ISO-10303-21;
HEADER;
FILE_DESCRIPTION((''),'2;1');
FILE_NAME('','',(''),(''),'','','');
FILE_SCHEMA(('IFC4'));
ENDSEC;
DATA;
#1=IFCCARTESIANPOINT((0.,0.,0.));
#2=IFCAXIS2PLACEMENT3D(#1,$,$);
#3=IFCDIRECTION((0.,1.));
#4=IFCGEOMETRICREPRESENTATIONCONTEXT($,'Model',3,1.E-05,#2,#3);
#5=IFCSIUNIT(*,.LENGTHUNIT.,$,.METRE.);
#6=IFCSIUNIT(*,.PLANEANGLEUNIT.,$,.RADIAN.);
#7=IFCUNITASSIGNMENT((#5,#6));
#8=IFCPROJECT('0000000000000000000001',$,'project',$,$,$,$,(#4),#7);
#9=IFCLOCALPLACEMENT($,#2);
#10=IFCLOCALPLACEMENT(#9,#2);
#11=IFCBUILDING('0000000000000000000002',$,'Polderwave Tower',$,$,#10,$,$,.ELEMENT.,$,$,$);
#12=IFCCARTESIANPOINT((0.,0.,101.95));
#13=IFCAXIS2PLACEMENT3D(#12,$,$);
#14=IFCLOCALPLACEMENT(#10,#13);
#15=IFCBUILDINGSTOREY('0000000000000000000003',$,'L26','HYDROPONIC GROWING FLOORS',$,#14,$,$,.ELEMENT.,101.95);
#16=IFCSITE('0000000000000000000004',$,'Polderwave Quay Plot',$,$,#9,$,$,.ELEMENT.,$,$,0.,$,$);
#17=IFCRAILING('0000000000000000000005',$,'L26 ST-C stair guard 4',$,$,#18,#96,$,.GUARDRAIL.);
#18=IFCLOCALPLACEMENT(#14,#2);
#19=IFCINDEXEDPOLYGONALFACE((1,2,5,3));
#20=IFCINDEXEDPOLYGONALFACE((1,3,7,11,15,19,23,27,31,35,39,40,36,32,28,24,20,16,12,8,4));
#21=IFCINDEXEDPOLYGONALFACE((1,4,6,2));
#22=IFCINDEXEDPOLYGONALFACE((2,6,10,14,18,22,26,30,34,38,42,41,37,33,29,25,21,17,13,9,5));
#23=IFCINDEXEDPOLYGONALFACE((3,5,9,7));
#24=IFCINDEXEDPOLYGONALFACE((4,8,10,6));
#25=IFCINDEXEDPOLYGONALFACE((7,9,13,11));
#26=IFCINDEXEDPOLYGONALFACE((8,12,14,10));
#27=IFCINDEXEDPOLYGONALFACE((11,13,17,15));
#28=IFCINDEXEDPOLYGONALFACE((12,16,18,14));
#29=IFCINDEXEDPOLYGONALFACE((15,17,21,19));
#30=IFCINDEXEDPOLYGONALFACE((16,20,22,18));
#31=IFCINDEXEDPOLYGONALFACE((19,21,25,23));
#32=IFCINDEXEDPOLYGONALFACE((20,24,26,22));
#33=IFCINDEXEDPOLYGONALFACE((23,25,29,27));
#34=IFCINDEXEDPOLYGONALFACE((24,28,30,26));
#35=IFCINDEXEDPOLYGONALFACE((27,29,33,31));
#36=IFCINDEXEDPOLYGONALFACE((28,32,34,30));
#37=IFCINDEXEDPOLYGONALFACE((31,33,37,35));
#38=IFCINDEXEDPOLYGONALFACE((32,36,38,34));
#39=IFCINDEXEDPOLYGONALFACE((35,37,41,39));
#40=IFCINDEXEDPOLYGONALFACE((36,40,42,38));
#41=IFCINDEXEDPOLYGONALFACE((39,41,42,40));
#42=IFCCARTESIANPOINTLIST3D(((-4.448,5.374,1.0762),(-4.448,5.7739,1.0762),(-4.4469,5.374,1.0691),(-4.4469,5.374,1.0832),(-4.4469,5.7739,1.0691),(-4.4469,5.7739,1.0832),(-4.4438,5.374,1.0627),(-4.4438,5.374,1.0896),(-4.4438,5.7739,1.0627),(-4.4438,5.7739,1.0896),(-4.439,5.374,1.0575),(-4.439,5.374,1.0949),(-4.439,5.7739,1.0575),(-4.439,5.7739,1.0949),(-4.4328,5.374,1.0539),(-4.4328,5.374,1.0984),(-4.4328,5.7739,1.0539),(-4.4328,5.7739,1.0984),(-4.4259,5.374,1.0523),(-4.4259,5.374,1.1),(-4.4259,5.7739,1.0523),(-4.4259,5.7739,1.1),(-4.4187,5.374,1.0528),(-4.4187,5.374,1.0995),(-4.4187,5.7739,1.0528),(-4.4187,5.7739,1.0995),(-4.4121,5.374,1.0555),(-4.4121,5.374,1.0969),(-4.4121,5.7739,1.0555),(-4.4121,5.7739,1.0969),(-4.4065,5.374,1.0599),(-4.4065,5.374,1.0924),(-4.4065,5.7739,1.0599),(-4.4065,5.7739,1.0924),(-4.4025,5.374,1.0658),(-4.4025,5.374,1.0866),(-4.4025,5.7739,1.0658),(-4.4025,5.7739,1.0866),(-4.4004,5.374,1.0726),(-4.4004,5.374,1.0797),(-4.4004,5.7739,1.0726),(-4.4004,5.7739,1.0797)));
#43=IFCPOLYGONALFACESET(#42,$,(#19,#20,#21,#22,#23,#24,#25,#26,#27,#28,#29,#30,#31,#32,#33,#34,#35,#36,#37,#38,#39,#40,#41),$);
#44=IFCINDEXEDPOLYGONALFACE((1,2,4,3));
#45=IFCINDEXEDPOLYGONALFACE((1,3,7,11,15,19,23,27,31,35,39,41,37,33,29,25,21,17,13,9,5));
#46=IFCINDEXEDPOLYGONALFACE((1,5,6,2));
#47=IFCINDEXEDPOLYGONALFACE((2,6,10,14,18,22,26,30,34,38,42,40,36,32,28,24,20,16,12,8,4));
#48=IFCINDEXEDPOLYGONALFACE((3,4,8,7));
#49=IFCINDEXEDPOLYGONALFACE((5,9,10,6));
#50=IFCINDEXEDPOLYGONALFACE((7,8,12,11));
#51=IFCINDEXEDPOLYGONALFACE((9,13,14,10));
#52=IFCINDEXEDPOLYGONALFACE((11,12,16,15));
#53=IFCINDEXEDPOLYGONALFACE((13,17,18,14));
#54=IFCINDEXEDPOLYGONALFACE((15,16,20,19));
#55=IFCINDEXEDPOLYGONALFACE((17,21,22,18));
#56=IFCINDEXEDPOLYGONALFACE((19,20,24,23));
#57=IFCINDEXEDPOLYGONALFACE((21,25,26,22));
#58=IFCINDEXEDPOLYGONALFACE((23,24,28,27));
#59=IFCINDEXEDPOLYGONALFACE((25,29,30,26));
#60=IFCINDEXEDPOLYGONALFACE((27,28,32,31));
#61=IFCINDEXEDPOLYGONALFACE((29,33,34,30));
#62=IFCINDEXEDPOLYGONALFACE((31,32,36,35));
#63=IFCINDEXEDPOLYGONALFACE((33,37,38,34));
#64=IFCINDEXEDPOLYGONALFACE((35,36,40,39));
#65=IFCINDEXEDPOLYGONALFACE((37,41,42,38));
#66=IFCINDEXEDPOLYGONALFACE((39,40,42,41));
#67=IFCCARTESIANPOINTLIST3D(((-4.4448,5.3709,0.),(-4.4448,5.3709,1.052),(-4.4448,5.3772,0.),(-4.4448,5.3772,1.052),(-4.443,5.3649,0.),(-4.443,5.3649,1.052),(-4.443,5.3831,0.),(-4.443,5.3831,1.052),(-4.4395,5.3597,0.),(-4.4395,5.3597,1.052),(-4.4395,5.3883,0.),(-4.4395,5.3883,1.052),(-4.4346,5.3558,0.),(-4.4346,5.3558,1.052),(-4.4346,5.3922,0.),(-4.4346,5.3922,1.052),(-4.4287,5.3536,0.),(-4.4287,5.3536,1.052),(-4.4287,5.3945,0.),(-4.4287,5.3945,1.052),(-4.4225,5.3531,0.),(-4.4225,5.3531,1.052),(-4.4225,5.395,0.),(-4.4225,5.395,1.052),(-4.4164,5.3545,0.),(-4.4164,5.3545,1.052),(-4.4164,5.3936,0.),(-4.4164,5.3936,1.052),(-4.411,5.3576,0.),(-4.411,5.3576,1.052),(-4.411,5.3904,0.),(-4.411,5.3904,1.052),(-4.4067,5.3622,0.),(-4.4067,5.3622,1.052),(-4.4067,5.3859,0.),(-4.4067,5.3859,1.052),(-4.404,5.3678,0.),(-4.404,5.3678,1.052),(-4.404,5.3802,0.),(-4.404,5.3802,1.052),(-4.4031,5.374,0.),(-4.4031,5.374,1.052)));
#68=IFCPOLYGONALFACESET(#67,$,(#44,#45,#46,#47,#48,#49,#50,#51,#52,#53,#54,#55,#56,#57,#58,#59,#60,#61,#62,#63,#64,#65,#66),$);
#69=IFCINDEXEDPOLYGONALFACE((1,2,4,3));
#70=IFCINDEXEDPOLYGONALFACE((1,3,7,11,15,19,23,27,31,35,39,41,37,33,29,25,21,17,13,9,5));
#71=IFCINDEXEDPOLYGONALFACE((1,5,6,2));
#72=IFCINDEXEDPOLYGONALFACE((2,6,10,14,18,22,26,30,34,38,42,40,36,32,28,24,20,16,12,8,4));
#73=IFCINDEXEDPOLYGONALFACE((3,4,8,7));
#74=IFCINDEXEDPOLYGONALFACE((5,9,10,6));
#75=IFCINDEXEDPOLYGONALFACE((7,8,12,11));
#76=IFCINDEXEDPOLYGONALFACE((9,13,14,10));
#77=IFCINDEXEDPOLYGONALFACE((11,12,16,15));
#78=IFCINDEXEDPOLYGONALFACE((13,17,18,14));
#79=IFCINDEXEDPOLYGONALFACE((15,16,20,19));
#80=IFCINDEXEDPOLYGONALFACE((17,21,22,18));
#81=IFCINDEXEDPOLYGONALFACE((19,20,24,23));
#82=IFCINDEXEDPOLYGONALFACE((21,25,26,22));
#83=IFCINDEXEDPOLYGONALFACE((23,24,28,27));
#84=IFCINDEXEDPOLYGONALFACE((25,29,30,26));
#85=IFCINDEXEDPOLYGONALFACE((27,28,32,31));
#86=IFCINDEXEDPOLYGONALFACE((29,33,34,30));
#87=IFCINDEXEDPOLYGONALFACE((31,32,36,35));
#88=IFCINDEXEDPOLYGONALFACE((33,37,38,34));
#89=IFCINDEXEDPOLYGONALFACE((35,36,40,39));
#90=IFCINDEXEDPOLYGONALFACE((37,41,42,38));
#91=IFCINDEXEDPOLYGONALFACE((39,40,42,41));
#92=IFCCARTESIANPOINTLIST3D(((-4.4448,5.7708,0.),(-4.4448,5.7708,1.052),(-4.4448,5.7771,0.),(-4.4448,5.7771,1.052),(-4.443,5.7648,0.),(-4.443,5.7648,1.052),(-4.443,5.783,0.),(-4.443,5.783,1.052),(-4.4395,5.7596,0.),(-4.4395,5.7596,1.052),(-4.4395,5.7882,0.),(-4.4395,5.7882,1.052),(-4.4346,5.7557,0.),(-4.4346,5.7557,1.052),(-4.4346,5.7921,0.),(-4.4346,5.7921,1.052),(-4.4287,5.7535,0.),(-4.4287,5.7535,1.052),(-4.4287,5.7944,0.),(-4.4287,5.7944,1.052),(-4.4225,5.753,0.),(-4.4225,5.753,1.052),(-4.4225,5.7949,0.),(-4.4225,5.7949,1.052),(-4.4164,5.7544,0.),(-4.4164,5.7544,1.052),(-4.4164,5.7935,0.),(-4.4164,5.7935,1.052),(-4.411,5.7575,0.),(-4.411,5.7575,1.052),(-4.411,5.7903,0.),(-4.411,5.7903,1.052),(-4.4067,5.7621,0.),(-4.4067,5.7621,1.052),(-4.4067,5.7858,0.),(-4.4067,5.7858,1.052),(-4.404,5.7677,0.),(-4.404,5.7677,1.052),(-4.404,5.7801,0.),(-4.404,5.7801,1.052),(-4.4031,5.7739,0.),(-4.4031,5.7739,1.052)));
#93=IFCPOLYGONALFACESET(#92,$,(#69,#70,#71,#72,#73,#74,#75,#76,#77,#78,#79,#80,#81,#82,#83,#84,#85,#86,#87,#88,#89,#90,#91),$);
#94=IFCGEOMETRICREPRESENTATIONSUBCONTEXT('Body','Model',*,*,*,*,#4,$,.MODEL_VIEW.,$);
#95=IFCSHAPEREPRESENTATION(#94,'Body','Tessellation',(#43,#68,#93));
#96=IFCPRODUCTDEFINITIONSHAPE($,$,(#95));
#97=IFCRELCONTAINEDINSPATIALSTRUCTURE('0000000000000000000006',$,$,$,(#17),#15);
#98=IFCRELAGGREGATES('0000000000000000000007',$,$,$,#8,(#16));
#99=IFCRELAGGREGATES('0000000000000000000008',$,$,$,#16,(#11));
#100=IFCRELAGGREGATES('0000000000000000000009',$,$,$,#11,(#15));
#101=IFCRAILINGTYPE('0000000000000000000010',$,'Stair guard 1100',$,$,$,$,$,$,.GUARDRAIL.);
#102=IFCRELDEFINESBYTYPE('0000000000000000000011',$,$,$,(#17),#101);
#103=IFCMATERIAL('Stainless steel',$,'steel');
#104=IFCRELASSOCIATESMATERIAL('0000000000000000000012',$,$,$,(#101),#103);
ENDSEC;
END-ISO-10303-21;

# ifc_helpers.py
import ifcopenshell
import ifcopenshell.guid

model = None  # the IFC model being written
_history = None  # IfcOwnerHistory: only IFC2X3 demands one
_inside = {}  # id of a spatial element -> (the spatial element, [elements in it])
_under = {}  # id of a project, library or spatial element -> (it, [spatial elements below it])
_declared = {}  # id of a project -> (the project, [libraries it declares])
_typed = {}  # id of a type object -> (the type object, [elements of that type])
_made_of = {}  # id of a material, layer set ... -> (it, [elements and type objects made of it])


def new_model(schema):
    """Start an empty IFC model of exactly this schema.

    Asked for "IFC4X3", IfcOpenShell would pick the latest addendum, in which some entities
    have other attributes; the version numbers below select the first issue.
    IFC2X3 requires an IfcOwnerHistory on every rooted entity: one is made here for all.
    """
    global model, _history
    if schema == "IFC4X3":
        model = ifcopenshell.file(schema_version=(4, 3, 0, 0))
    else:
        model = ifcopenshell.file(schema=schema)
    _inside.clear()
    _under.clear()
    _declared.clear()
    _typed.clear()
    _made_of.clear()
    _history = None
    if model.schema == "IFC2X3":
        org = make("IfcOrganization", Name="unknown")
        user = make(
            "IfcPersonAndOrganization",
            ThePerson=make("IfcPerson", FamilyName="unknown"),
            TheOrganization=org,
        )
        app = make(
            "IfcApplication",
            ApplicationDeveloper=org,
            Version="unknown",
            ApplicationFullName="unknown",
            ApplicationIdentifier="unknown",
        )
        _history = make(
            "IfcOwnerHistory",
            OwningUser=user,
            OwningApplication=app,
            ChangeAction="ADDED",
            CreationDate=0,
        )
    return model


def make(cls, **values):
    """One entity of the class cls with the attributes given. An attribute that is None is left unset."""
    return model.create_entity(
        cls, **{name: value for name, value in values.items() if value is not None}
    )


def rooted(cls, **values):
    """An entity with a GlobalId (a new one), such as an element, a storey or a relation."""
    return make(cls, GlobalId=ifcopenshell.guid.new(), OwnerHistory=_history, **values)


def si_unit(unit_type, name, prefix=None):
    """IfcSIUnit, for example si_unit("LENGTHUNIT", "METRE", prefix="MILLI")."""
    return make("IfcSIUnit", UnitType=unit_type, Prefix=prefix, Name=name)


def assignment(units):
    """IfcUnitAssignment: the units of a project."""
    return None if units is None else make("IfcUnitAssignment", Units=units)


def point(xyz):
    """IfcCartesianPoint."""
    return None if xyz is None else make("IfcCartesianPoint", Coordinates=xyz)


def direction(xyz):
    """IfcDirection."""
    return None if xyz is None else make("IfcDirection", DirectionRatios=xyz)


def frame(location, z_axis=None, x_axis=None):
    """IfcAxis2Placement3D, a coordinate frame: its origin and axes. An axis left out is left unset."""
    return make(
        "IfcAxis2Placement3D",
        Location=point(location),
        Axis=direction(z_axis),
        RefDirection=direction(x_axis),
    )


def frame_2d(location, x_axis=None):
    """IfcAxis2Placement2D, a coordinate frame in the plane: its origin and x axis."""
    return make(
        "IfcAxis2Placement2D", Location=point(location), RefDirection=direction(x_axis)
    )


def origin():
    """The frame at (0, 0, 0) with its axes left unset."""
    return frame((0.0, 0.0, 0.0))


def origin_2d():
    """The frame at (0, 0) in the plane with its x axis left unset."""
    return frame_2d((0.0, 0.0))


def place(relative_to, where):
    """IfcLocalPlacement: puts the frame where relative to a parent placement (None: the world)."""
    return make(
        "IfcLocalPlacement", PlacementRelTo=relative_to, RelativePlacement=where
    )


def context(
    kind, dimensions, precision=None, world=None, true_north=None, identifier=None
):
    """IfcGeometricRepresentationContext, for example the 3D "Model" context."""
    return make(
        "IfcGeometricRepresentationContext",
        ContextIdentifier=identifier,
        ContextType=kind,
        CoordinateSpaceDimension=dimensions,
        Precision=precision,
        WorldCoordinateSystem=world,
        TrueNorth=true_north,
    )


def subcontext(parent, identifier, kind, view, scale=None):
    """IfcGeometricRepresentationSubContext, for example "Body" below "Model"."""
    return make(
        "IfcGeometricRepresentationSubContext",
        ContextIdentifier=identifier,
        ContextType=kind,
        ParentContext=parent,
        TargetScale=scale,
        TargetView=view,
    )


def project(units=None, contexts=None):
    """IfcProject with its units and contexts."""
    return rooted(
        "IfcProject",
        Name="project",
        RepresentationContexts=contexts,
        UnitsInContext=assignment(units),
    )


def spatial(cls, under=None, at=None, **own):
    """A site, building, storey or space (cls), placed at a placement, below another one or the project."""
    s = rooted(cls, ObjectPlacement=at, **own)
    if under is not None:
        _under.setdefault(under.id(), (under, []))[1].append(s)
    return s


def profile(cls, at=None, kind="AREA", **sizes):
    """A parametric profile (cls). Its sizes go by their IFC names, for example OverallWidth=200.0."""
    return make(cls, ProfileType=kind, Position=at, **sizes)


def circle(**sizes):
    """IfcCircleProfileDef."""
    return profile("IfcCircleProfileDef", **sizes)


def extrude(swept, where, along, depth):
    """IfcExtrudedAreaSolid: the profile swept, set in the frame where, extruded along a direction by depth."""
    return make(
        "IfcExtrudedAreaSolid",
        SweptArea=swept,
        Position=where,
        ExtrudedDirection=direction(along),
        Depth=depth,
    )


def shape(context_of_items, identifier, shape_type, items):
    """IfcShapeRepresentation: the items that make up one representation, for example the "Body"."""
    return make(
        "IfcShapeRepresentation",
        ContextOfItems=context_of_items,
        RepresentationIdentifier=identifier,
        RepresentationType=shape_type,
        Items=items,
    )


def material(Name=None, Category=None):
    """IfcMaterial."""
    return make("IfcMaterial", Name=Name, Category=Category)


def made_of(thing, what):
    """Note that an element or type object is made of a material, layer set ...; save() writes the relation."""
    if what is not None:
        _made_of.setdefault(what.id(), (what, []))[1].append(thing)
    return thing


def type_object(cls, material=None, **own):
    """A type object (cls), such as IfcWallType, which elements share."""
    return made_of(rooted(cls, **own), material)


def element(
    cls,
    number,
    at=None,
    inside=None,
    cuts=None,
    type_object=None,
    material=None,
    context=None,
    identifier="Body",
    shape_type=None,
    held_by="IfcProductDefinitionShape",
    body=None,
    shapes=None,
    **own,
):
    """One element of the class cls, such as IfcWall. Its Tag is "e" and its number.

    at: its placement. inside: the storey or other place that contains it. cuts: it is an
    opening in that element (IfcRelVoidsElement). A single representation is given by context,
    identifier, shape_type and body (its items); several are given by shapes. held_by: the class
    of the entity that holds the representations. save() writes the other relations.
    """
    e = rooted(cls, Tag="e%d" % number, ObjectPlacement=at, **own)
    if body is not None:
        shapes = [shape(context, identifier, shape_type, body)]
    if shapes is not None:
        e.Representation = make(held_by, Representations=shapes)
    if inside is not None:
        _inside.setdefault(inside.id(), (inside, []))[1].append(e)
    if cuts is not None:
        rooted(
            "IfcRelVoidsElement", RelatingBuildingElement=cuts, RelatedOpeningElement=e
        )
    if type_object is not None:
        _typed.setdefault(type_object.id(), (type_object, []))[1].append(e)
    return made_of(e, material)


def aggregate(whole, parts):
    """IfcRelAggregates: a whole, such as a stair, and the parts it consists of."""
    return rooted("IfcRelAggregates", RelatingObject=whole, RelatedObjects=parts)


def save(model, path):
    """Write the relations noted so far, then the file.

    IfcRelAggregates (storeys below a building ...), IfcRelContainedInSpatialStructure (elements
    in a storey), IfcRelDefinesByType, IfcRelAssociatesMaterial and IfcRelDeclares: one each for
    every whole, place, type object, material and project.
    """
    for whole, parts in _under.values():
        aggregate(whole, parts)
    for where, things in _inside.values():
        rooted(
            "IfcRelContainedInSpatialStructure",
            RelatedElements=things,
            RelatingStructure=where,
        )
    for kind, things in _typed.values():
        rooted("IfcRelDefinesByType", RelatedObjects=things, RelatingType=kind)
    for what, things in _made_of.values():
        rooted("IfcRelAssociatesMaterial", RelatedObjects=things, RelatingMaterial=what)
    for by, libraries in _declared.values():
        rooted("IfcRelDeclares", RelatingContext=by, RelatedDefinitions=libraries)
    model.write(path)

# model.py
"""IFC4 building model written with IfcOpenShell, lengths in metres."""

from ifc_helpers import new_model, si_unit, direction, frame, origin, origin_2d, place, context, subcontext, project, spatial, circle, extrude, material, type_object, element, save


model = new_model("IFC4")

# Units and contexts
model_context = context("Model", 3, precision=1e-05, world=origin(), true_north=direction((0.0, 1.0)))
body_context = subcontext(model_context, "Body", "Model", "MODEL_VIEW")
ifc_project = project(units=[si_unit("LENGTHUNIT", "METRE"), si_unit("PLANEANGLEUNIT", "RADIAN")], contexts=[model_context])

# Site, building, storey
site_placement = place(None, origin())
site = spatial("IfcSite", under=ifc_project, at=site_placement, Name="Polderwave Quay Plot", CompositionType="ELEMENT", RefElevation=0.0)
building_placement = place(site_placement, origin())
building = spatial("IfcBuilding", under=site, at=building_placement, Name="Polderwave Tower", CompositionType="ELEMENT")
storey_placement = place(building_placement, frame((0.0, 0.0, 101.95)))
storey = spatial("IfcBuildingStorey", under=building, at=storey_placement, Name="L26", Description="HYDROPONIC GROWING FLOORS", CompositionType="ELEMENT", Elevation=101.95)

# Railing
ifc_material_1 = material(Name="Stainless steel", Category="steel")
railing_type_1 = type_object("IfcRailingType", Name="Stair guard 1100", PredefinedType="GUARDRAIL", material=ifc_material_1)
railing_1_placement = place(storey_placement, frame((-4.4241, 5.374, 0.0)))
element("IfcRailing", 1, at=railing_1_placement, inside=storey, type_object=railing_type_1, Name="L26 ST-C stair guard 4", PredefinedType="GUARDRAIL", context=body_context, shape_type="SweptSolid", body=[
    extrude(circle(Radius=0.0239, at=origin_2d()), frame((0.0, 0.0, 1.0762), z_axis=(0.0, 1.0, 0.0), x_axis=(-1.0, 0.0, 0.0)), (0.0, 0.0, 1.0), 0.3999),
    extrude(circle(Radius=0.021, at=origin_2d()), origin(), (0.0, 0.0, 1.0), 1.052),
    extrude(circle(Radius=0.021, at=origin_2d()), frame((0.0, 0.3999, 0.0)), (0.0, 0.0, 1.0), 1.052),
])

save(model, "model.ifc")
